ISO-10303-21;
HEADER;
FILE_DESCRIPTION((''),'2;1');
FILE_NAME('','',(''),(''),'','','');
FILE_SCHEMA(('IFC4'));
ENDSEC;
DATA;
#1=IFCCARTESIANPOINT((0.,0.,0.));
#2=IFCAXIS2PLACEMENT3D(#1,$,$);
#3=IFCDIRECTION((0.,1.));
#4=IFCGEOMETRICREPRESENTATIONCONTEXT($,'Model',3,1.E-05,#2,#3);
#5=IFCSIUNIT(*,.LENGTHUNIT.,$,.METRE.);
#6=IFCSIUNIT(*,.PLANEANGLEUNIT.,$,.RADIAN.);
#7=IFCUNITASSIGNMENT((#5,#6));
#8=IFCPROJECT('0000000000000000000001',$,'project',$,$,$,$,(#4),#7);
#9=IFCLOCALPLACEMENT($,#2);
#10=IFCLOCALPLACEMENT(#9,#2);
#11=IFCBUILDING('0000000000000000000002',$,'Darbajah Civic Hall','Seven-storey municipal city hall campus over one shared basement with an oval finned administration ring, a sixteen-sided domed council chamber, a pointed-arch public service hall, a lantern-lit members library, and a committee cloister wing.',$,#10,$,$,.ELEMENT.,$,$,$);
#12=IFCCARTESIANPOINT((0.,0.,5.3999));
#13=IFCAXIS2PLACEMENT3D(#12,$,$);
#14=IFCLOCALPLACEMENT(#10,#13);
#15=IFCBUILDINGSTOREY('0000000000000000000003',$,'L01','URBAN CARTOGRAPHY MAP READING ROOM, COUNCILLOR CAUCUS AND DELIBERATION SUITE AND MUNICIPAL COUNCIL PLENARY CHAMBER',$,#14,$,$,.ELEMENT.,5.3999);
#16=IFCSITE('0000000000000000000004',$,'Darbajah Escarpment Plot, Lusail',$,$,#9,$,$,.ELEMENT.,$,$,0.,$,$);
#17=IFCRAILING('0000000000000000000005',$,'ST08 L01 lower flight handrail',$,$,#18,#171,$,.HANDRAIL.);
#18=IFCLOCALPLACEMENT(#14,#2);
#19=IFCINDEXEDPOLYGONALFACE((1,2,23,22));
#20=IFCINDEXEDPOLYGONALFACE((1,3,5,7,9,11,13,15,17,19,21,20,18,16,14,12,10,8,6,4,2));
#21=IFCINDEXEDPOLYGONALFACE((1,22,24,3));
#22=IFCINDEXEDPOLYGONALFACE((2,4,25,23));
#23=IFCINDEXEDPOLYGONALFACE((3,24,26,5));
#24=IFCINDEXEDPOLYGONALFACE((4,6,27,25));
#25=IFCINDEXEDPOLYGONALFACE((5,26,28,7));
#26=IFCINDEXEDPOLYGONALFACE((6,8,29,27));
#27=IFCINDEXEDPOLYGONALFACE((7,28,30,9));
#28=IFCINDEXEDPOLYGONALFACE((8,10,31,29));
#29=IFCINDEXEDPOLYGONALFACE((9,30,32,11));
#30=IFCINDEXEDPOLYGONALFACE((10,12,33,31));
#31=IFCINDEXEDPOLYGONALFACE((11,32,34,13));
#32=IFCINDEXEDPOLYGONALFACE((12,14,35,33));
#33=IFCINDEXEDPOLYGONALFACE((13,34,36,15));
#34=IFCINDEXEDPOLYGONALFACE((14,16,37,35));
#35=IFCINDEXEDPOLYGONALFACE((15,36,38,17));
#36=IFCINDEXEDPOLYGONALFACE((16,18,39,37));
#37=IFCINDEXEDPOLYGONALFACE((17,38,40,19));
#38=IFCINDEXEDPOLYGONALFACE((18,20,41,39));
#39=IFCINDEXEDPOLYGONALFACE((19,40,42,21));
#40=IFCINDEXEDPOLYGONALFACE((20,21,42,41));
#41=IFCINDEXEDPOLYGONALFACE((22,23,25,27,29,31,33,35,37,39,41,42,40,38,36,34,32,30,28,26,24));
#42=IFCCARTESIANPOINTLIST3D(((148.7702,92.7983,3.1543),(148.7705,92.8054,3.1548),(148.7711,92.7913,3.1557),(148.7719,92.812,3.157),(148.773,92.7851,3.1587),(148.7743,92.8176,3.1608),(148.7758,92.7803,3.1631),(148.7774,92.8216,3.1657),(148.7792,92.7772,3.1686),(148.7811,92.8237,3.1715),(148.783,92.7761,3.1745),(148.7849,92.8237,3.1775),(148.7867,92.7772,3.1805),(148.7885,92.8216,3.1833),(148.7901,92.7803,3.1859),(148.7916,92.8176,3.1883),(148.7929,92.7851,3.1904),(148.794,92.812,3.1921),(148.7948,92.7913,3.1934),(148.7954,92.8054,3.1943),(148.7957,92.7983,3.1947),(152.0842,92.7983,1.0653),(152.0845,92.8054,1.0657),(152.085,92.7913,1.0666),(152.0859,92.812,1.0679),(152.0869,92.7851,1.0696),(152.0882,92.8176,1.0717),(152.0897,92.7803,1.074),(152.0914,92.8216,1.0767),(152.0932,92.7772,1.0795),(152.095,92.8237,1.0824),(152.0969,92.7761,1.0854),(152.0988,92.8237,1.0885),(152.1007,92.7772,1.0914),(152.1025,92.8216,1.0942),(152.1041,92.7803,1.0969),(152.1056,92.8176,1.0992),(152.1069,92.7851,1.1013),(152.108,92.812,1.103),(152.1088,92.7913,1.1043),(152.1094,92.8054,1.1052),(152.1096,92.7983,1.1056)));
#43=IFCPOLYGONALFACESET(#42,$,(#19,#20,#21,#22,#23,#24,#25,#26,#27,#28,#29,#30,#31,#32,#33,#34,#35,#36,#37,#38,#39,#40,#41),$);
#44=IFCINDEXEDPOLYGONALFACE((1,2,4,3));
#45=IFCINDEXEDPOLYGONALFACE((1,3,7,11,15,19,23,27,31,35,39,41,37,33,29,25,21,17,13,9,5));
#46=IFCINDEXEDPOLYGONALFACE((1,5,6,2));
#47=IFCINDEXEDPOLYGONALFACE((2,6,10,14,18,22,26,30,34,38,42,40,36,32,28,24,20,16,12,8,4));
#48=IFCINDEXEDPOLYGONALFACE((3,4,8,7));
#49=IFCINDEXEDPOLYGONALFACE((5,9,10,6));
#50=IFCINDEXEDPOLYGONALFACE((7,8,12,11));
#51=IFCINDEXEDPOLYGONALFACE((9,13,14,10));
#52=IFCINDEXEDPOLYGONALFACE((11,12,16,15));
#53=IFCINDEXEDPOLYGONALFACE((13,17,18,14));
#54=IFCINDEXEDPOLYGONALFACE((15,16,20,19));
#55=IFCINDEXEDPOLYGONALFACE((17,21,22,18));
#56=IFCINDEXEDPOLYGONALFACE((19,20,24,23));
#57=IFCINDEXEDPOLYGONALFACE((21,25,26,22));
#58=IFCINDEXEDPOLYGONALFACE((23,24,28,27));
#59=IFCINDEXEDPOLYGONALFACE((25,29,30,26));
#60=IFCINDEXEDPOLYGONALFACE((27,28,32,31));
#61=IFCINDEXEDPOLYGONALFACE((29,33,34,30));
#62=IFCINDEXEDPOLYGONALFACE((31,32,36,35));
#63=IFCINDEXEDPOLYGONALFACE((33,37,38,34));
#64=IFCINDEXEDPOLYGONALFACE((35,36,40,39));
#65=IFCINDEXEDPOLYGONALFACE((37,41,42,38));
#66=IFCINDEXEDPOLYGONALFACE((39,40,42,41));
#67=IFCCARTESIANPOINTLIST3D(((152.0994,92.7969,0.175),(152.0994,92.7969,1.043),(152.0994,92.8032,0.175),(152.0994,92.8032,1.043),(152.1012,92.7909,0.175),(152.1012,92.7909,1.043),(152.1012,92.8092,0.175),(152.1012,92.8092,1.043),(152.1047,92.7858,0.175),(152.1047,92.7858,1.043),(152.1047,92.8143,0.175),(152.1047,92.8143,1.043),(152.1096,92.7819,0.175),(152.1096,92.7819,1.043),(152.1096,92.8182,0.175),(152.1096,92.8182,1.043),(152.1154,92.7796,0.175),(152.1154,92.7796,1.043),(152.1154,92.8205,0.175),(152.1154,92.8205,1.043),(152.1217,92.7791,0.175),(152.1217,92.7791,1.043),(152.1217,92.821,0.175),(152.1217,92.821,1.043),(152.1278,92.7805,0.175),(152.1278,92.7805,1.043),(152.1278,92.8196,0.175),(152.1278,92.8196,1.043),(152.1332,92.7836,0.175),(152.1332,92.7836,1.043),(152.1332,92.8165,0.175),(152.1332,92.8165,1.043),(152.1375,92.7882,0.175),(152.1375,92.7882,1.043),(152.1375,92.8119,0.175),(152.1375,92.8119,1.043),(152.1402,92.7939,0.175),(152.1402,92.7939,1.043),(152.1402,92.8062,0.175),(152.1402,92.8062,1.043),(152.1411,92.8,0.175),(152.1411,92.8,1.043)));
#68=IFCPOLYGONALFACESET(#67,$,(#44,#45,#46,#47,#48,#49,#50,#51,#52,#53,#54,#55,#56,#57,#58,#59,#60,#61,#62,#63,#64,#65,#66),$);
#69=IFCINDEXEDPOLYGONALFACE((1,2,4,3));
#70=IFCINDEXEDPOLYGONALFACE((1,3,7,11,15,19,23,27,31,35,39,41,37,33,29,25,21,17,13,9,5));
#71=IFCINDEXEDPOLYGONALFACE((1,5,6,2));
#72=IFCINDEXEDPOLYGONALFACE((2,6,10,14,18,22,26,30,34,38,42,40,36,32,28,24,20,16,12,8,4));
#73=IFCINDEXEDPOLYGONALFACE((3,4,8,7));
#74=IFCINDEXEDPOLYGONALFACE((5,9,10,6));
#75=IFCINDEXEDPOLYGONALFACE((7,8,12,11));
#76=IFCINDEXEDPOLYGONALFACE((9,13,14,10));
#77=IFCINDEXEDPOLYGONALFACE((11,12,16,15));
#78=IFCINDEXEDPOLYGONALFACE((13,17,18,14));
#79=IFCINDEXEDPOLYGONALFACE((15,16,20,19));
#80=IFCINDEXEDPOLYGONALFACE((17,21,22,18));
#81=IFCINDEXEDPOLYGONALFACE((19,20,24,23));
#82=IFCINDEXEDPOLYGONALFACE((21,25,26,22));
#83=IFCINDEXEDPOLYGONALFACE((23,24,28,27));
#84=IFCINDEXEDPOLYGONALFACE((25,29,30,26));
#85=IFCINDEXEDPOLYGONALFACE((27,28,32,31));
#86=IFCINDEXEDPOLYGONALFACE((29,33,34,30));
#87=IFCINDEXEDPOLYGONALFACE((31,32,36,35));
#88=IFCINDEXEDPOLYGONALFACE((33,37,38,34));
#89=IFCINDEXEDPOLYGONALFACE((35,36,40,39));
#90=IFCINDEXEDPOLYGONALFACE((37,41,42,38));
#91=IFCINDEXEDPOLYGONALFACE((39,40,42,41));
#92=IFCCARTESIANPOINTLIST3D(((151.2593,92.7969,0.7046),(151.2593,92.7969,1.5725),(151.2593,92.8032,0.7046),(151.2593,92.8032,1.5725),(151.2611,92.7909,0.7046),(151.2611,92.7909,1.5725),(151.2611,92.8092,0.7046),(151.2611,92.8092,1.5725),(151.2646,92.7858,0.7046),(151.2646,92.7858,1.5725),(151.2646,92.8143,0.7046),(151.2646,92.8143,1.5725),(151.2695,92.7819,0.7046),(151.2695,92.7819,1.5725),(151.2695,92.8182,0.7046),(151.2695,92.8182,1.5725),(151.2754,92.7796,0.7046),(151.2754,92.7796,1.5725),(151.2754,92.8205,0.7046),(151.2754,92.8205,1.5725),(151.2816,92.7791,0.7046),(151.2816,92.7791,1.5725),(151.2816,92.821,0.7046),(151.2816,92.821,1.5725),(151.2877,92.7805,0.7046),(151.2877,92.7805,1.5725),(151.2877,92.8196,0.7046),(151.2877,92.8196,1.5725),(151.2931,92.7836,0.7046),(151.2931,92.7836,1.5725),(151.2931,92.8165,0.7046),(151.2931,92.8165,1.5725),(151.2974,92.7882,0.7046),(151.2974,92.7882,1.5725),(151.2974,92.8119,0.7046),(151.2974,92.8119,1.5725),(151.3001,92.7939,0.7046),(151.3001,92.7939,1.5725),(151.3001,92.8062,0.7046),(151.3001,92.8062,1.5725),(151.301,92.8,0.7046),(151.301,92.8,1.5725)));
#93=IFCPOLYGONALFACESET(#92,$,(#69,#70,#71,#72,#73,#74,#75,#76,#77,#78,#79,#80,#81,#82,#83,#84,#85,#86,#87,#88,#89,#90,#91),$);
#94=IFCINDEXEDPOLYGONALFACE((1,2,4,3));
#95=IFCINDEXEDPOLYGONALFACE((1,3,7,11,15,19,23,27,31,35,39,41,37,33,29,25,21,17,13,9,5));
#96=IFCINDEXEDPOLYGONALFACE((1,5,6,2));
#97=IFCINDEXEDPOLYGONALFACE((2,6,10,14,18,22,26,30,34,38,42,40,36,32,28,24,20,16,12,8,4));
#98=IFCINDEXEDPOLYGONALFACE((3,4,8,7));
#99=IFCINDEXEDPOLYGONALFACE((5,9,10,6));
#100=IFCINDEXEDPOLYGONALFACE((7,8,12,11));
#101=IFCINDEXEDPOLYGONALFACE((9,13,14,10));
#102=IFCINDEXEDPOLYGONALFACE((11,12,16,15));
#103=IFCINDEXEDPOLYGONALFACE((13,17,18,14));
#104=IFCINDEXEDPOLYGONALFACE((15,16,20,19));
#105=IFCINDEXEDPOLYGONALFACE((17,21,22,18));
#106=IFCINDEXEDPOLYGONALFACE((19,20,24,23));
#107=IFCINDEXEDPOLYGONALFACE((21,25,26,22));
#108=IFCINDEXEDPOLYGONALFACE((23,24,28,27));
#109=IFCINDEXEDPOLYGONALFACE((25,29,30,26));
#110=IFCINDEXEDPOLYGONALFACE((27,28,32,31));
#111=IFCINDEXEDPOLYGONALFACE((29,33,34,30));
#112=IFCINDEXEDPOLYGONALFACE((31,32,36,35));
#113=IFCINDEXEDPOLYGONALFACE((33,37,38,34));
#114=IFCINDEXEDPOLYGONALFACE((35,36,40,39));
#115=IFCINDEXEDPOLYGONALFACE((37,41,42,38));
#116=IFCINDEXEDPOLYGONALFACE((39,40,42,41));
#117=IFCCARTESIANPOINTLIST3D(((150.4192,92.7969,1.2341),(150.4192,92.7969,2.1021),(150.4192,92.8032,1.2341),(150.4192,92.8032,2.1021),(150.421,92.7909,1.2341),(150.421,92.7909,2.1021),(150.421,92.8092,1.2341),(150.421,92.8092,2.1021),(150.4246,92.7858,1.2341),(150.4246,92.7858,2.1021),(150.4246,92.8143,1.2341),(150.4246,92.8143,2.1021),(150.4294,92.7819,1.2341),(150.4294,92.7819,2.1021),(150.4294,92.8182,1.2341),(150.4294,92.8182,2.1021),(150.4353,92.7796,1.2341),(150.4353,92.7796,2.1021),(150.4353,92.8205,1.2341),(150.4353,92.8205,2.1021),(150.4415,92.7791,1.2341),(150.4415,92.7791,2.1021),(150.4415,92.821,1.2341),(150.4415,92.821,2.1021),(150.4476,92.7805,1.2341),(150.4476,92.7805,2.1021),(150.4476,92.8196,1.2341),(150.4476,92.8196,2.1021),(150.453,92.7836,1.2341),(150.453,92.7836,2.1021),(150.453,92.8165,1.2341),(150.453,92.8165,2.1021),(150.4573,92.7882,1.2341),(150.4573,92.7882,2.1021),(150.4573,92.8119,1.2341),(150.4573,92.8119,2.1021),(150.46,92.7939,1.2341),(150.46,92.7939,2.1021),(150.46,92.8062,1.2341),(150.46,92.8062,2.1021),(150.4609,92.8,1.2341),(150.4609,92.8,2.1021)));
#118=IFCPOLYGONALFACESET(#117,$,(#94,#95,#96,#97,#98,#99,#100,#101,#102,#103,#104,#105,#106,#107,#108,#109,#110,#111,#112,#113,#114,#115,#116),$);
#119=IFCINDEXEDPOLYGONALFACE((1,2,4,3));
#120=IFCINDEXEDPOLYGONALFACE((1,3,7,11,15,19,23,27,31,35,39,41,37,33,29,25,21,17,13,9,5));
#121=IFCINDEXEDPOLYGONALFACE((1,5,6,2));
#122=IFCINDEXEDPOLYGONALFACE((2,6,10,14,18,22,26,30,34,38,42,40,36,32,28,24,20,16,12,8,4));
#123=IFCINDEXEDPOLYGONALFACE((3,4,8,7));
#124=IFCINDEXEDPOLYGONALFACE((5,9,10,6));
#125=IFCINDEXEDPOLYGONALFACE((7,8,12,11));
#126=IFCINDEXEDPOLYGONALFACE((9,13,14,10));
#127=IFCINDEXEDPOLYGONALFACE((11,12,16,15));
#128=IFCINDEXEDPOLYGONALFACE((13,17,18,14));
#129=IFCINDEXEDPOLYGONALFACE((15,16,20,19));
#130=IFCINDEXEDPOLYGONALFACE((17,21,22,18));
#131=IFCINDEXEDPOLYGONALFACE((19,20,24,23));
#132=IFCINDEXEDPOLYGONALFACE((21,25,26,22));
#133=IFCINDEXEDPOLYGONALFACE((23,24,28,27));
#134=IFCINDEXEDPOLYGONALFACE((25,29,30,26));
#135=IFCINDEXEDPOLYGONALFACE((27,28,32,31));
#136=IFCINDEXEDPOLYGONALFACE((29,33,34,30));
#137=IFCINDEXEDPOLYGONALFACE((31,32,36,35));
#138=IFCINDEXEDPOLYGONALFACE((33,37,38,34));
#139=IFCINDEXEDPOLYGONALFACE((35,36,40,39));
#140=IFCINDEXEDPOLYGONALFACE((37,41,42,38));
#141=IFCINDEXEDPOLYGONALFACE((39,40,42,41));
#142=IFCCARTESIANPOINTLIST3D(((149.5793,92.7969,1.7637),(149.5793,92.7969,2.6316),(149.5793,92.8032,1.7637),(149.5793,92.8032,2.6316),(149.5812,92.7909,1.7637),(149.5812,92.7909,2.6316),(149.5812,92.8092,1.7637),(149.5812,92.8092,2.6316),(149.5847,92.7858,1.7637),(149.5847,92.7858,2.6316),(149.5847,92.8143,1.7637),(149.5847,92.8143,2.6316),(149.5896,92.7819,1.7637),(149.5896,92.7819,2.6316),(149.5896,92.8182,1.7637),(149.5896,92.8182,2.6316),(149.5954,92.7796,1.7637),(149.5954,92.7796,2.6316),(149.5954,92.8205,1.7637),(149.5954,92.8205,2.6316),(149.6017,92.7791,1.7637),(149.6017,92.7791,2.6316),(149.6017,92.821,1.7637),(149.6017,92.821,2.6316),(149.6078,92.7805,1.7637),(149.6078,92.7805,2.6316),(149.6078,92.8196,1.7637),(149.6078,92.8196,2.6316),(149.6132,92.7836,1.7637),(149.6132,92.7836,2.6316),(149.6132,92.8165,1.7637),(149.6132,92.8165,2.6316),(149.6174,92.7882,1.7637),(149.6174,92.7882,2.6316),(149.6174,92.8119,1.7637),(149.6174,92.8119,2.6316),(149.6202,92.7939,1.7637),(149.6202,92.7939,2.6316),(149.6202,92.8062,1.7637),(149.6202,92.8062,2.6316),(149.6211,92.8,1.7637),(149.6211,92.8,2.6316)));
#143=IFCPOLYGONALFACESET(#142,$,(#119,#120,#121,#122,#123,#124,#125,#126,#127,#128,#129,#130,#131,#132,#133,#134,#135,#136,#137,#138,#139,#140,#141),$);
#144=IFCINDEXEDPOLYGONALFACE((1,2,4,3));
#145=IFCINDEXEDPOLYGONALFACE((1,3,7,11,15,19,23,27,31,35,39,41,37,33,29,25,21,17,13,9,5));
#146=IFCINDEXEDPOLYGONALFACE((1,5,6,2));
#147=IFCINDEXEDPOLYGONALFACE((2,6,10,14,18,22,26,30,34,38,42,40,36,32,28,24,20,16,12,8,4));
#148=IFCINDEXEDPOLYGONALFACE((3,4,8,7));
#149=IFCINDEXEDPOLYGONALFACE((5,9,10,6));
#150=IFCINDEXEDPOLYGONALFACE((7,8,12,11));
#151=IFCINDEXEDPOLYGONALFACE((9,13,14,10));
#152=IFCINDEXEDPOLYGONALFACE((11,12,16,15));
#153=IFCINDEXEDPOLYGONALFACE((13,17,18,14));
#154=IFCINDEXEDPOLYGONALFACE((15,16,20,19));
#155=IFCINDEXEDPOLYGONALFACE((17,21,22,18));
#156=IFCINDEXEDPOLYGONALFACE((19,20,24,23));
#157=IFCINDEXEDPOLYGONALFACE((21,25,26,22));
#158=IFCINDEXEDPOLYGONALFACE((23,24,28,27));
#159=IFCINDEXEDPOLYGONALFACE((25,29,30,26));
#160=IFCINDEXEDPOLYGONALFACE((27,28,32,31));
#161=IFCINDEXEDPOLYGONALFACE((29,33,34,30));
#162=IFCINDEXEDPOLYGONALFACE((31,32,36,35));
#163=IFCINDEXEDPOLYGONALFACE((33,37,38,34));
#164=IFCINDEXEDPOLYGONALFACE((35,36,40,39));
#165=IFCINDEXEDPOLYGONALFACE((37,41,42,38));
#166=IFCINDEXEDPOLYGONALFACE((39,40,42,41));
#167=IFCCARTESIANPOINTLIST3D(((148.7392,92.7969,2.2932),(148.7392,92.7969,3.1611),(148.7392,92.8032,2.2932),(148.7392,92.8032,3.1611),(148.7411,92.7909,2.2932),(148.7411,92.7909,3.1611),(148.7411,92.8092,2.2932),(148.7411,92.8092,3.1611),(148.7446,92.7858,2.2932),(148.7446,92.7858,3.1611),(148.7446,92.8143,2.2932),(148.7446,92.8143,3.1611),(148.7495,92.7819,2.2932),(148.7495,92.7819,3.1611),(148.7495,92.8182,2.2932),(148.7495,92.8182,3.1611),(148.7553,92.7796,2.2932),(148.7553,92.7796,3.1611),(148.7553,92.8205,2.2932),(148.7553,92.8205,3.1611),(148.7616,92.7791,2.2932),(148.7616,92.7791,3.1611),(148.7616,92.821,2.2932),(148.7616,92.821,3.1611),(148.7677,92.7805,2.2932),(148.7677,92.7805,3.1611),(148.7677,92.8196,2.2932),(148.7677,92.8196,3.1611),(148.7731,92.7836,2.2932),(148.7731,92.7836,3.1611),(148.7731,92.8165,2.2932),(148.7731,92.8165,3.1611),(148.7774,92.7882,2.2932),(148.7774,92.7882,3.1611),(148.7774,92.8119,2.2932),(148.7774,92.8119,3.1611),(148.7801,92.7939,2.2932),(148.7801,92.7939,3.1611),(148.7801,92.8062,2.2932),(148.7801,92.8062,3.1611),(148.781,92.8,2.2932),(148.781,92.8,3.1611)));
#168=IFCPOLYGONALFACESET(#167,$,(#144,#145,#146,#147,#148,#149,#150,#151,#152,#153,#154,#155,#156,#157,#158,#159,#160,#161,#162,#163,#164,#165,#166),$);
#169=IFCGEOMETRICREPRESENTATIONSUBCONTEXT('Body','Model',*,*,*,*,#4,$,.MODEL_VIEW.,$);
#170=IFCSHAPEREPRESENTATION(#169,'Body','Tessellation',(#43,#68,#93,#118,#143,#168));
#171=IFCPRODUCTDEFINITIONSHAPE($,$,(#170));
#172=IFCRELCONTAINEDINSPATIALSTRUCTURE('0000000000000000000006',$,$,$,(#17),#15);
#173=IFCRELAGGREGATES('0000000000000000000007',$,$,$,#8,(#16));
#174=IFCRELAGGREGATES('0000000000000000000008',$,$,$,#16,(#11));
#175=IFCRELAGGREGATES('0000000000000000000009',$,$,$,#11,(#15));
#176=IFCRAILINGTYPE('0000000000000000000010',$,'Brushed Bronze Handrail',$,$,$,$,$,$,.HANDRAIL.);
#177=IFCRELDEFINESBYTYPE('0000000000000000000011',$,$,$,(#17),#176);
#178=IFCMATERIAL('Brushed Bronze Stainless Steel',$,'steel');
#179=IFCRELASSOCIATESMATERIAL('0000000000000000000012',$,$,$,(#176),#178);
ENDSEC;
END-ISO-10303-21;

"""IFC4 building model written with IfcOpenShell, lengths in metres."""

from ifc_helpers import new_model, si_unit, direction, frame, origin, origin_2d, place, context, subcontext, project, spatial, circle, extrude, material, type_object, element, save


model = new_model("IFC4")

# Units and contexts
model_context = context("Model", 3, precision=1e-05, world=origin(), true_north=direction((0.0, 1.0)))
body_context = subcontext(model_context, "Body", "Model", "MODEL_VIEW")
ifc_project = project(units=[si_unit("LENGTHUNIT", "METRE"), si_unit("PLANEANGLEUNIT", "RADIAN")], contexts=[model_context])

# Site, building, storey
site_placement = place(None, origin())
site = spatial("IfcSite", under=ifc_project, at=site_placement, Name="Darbajah Escarpment Plot, Lusail", CompositionType="ELEMENT", RefElevation=0.0)
building_placement = place(site_placement, origin())
building = spatial("IfcBuilding", under=site, at=building_placement, Name="Darbajah Civic Hall", Description="Seven-storey municipal city hall campus over one shared basement with an oval finned administration ring, a sixteen-sided domed council chamber, a pointed-arch public service hall, a lantern-lit members library, and a committee cloister wing.", CompositionType="ELEMENT")
storey_placement = place(building_placement, frame((0.0, 0.0, 5.3999)))
storey = spatial("IfcBuildingStorey", under=building, at=storey_placement, Name="L01", Description="URBAN CARTOGRAPHY MAP READING ROOM, COUNCILLOR CAUCUS AND DELIBERATION SUITE AND MUNICIPAL COUNCIL PLENARY CHAMBER", CompositionType="ELEMENT", Elevation=5.3999)

# Railing
ifc_material_1 = material(Name="Brushed Bronze Stainless Steel", Category="steel")
railing_type_1 = type_object("IfcRailingType", Name="Brushed Bronze Handrail", PredefinedType="HANDRAIL", material=ifc_material_1)
railing_1_placement = place(storey_placement, frame((152.1201, 92.8, 0.175)))
element("IfcRailing", 1, at=railing_1_placement, inside=storey, type_object=railing_type_1, Name="ST08 L01 lower flight handrail", PredefinedType="HANDRAIL", context=body_context, shape_type="SweptSolid", body=[
    extrude(circle(Radius=0.0239, at=origin_2d()), frame((-0.0232, 0.0, 0.9104), z_axis=(-0.845944, 0.0, 0.533271), x_axis=(0.0, -1.0, 0.0)), (0.0, 0.0, 1.0), 3.9175),
    extrude(circle(Radius=0.021, at=origin_2d()), origin(), (0.0, 0.0, 1.0), 0.8679),
    extrude(circle(Radius=0.021, at=origin_2d()), frame((-0.8401, 0.0, 0.5295)), (0.0, 0.0, 1.0), 0.8679),
    extrude(circle(Radius=0.021, at=origin_2d()), frame((-1.6802, 0.0, 1.0591)), (0.0, 0.0, 1.0), 0.8679),
    extrude(circle(Radius=0.021, at=origin_2d()), frame((-2.52, 0.0, 1.5886)), (0.0, 0.0, 1.0), 0.8679),
    extrude(circle(Radius=0.021, at=origin_2d()), frame((-3.3601, 0.0, 2.1182)), (0.0, 0.0, 1.0), 0.8679),
])

save(model, "model.ifc")
